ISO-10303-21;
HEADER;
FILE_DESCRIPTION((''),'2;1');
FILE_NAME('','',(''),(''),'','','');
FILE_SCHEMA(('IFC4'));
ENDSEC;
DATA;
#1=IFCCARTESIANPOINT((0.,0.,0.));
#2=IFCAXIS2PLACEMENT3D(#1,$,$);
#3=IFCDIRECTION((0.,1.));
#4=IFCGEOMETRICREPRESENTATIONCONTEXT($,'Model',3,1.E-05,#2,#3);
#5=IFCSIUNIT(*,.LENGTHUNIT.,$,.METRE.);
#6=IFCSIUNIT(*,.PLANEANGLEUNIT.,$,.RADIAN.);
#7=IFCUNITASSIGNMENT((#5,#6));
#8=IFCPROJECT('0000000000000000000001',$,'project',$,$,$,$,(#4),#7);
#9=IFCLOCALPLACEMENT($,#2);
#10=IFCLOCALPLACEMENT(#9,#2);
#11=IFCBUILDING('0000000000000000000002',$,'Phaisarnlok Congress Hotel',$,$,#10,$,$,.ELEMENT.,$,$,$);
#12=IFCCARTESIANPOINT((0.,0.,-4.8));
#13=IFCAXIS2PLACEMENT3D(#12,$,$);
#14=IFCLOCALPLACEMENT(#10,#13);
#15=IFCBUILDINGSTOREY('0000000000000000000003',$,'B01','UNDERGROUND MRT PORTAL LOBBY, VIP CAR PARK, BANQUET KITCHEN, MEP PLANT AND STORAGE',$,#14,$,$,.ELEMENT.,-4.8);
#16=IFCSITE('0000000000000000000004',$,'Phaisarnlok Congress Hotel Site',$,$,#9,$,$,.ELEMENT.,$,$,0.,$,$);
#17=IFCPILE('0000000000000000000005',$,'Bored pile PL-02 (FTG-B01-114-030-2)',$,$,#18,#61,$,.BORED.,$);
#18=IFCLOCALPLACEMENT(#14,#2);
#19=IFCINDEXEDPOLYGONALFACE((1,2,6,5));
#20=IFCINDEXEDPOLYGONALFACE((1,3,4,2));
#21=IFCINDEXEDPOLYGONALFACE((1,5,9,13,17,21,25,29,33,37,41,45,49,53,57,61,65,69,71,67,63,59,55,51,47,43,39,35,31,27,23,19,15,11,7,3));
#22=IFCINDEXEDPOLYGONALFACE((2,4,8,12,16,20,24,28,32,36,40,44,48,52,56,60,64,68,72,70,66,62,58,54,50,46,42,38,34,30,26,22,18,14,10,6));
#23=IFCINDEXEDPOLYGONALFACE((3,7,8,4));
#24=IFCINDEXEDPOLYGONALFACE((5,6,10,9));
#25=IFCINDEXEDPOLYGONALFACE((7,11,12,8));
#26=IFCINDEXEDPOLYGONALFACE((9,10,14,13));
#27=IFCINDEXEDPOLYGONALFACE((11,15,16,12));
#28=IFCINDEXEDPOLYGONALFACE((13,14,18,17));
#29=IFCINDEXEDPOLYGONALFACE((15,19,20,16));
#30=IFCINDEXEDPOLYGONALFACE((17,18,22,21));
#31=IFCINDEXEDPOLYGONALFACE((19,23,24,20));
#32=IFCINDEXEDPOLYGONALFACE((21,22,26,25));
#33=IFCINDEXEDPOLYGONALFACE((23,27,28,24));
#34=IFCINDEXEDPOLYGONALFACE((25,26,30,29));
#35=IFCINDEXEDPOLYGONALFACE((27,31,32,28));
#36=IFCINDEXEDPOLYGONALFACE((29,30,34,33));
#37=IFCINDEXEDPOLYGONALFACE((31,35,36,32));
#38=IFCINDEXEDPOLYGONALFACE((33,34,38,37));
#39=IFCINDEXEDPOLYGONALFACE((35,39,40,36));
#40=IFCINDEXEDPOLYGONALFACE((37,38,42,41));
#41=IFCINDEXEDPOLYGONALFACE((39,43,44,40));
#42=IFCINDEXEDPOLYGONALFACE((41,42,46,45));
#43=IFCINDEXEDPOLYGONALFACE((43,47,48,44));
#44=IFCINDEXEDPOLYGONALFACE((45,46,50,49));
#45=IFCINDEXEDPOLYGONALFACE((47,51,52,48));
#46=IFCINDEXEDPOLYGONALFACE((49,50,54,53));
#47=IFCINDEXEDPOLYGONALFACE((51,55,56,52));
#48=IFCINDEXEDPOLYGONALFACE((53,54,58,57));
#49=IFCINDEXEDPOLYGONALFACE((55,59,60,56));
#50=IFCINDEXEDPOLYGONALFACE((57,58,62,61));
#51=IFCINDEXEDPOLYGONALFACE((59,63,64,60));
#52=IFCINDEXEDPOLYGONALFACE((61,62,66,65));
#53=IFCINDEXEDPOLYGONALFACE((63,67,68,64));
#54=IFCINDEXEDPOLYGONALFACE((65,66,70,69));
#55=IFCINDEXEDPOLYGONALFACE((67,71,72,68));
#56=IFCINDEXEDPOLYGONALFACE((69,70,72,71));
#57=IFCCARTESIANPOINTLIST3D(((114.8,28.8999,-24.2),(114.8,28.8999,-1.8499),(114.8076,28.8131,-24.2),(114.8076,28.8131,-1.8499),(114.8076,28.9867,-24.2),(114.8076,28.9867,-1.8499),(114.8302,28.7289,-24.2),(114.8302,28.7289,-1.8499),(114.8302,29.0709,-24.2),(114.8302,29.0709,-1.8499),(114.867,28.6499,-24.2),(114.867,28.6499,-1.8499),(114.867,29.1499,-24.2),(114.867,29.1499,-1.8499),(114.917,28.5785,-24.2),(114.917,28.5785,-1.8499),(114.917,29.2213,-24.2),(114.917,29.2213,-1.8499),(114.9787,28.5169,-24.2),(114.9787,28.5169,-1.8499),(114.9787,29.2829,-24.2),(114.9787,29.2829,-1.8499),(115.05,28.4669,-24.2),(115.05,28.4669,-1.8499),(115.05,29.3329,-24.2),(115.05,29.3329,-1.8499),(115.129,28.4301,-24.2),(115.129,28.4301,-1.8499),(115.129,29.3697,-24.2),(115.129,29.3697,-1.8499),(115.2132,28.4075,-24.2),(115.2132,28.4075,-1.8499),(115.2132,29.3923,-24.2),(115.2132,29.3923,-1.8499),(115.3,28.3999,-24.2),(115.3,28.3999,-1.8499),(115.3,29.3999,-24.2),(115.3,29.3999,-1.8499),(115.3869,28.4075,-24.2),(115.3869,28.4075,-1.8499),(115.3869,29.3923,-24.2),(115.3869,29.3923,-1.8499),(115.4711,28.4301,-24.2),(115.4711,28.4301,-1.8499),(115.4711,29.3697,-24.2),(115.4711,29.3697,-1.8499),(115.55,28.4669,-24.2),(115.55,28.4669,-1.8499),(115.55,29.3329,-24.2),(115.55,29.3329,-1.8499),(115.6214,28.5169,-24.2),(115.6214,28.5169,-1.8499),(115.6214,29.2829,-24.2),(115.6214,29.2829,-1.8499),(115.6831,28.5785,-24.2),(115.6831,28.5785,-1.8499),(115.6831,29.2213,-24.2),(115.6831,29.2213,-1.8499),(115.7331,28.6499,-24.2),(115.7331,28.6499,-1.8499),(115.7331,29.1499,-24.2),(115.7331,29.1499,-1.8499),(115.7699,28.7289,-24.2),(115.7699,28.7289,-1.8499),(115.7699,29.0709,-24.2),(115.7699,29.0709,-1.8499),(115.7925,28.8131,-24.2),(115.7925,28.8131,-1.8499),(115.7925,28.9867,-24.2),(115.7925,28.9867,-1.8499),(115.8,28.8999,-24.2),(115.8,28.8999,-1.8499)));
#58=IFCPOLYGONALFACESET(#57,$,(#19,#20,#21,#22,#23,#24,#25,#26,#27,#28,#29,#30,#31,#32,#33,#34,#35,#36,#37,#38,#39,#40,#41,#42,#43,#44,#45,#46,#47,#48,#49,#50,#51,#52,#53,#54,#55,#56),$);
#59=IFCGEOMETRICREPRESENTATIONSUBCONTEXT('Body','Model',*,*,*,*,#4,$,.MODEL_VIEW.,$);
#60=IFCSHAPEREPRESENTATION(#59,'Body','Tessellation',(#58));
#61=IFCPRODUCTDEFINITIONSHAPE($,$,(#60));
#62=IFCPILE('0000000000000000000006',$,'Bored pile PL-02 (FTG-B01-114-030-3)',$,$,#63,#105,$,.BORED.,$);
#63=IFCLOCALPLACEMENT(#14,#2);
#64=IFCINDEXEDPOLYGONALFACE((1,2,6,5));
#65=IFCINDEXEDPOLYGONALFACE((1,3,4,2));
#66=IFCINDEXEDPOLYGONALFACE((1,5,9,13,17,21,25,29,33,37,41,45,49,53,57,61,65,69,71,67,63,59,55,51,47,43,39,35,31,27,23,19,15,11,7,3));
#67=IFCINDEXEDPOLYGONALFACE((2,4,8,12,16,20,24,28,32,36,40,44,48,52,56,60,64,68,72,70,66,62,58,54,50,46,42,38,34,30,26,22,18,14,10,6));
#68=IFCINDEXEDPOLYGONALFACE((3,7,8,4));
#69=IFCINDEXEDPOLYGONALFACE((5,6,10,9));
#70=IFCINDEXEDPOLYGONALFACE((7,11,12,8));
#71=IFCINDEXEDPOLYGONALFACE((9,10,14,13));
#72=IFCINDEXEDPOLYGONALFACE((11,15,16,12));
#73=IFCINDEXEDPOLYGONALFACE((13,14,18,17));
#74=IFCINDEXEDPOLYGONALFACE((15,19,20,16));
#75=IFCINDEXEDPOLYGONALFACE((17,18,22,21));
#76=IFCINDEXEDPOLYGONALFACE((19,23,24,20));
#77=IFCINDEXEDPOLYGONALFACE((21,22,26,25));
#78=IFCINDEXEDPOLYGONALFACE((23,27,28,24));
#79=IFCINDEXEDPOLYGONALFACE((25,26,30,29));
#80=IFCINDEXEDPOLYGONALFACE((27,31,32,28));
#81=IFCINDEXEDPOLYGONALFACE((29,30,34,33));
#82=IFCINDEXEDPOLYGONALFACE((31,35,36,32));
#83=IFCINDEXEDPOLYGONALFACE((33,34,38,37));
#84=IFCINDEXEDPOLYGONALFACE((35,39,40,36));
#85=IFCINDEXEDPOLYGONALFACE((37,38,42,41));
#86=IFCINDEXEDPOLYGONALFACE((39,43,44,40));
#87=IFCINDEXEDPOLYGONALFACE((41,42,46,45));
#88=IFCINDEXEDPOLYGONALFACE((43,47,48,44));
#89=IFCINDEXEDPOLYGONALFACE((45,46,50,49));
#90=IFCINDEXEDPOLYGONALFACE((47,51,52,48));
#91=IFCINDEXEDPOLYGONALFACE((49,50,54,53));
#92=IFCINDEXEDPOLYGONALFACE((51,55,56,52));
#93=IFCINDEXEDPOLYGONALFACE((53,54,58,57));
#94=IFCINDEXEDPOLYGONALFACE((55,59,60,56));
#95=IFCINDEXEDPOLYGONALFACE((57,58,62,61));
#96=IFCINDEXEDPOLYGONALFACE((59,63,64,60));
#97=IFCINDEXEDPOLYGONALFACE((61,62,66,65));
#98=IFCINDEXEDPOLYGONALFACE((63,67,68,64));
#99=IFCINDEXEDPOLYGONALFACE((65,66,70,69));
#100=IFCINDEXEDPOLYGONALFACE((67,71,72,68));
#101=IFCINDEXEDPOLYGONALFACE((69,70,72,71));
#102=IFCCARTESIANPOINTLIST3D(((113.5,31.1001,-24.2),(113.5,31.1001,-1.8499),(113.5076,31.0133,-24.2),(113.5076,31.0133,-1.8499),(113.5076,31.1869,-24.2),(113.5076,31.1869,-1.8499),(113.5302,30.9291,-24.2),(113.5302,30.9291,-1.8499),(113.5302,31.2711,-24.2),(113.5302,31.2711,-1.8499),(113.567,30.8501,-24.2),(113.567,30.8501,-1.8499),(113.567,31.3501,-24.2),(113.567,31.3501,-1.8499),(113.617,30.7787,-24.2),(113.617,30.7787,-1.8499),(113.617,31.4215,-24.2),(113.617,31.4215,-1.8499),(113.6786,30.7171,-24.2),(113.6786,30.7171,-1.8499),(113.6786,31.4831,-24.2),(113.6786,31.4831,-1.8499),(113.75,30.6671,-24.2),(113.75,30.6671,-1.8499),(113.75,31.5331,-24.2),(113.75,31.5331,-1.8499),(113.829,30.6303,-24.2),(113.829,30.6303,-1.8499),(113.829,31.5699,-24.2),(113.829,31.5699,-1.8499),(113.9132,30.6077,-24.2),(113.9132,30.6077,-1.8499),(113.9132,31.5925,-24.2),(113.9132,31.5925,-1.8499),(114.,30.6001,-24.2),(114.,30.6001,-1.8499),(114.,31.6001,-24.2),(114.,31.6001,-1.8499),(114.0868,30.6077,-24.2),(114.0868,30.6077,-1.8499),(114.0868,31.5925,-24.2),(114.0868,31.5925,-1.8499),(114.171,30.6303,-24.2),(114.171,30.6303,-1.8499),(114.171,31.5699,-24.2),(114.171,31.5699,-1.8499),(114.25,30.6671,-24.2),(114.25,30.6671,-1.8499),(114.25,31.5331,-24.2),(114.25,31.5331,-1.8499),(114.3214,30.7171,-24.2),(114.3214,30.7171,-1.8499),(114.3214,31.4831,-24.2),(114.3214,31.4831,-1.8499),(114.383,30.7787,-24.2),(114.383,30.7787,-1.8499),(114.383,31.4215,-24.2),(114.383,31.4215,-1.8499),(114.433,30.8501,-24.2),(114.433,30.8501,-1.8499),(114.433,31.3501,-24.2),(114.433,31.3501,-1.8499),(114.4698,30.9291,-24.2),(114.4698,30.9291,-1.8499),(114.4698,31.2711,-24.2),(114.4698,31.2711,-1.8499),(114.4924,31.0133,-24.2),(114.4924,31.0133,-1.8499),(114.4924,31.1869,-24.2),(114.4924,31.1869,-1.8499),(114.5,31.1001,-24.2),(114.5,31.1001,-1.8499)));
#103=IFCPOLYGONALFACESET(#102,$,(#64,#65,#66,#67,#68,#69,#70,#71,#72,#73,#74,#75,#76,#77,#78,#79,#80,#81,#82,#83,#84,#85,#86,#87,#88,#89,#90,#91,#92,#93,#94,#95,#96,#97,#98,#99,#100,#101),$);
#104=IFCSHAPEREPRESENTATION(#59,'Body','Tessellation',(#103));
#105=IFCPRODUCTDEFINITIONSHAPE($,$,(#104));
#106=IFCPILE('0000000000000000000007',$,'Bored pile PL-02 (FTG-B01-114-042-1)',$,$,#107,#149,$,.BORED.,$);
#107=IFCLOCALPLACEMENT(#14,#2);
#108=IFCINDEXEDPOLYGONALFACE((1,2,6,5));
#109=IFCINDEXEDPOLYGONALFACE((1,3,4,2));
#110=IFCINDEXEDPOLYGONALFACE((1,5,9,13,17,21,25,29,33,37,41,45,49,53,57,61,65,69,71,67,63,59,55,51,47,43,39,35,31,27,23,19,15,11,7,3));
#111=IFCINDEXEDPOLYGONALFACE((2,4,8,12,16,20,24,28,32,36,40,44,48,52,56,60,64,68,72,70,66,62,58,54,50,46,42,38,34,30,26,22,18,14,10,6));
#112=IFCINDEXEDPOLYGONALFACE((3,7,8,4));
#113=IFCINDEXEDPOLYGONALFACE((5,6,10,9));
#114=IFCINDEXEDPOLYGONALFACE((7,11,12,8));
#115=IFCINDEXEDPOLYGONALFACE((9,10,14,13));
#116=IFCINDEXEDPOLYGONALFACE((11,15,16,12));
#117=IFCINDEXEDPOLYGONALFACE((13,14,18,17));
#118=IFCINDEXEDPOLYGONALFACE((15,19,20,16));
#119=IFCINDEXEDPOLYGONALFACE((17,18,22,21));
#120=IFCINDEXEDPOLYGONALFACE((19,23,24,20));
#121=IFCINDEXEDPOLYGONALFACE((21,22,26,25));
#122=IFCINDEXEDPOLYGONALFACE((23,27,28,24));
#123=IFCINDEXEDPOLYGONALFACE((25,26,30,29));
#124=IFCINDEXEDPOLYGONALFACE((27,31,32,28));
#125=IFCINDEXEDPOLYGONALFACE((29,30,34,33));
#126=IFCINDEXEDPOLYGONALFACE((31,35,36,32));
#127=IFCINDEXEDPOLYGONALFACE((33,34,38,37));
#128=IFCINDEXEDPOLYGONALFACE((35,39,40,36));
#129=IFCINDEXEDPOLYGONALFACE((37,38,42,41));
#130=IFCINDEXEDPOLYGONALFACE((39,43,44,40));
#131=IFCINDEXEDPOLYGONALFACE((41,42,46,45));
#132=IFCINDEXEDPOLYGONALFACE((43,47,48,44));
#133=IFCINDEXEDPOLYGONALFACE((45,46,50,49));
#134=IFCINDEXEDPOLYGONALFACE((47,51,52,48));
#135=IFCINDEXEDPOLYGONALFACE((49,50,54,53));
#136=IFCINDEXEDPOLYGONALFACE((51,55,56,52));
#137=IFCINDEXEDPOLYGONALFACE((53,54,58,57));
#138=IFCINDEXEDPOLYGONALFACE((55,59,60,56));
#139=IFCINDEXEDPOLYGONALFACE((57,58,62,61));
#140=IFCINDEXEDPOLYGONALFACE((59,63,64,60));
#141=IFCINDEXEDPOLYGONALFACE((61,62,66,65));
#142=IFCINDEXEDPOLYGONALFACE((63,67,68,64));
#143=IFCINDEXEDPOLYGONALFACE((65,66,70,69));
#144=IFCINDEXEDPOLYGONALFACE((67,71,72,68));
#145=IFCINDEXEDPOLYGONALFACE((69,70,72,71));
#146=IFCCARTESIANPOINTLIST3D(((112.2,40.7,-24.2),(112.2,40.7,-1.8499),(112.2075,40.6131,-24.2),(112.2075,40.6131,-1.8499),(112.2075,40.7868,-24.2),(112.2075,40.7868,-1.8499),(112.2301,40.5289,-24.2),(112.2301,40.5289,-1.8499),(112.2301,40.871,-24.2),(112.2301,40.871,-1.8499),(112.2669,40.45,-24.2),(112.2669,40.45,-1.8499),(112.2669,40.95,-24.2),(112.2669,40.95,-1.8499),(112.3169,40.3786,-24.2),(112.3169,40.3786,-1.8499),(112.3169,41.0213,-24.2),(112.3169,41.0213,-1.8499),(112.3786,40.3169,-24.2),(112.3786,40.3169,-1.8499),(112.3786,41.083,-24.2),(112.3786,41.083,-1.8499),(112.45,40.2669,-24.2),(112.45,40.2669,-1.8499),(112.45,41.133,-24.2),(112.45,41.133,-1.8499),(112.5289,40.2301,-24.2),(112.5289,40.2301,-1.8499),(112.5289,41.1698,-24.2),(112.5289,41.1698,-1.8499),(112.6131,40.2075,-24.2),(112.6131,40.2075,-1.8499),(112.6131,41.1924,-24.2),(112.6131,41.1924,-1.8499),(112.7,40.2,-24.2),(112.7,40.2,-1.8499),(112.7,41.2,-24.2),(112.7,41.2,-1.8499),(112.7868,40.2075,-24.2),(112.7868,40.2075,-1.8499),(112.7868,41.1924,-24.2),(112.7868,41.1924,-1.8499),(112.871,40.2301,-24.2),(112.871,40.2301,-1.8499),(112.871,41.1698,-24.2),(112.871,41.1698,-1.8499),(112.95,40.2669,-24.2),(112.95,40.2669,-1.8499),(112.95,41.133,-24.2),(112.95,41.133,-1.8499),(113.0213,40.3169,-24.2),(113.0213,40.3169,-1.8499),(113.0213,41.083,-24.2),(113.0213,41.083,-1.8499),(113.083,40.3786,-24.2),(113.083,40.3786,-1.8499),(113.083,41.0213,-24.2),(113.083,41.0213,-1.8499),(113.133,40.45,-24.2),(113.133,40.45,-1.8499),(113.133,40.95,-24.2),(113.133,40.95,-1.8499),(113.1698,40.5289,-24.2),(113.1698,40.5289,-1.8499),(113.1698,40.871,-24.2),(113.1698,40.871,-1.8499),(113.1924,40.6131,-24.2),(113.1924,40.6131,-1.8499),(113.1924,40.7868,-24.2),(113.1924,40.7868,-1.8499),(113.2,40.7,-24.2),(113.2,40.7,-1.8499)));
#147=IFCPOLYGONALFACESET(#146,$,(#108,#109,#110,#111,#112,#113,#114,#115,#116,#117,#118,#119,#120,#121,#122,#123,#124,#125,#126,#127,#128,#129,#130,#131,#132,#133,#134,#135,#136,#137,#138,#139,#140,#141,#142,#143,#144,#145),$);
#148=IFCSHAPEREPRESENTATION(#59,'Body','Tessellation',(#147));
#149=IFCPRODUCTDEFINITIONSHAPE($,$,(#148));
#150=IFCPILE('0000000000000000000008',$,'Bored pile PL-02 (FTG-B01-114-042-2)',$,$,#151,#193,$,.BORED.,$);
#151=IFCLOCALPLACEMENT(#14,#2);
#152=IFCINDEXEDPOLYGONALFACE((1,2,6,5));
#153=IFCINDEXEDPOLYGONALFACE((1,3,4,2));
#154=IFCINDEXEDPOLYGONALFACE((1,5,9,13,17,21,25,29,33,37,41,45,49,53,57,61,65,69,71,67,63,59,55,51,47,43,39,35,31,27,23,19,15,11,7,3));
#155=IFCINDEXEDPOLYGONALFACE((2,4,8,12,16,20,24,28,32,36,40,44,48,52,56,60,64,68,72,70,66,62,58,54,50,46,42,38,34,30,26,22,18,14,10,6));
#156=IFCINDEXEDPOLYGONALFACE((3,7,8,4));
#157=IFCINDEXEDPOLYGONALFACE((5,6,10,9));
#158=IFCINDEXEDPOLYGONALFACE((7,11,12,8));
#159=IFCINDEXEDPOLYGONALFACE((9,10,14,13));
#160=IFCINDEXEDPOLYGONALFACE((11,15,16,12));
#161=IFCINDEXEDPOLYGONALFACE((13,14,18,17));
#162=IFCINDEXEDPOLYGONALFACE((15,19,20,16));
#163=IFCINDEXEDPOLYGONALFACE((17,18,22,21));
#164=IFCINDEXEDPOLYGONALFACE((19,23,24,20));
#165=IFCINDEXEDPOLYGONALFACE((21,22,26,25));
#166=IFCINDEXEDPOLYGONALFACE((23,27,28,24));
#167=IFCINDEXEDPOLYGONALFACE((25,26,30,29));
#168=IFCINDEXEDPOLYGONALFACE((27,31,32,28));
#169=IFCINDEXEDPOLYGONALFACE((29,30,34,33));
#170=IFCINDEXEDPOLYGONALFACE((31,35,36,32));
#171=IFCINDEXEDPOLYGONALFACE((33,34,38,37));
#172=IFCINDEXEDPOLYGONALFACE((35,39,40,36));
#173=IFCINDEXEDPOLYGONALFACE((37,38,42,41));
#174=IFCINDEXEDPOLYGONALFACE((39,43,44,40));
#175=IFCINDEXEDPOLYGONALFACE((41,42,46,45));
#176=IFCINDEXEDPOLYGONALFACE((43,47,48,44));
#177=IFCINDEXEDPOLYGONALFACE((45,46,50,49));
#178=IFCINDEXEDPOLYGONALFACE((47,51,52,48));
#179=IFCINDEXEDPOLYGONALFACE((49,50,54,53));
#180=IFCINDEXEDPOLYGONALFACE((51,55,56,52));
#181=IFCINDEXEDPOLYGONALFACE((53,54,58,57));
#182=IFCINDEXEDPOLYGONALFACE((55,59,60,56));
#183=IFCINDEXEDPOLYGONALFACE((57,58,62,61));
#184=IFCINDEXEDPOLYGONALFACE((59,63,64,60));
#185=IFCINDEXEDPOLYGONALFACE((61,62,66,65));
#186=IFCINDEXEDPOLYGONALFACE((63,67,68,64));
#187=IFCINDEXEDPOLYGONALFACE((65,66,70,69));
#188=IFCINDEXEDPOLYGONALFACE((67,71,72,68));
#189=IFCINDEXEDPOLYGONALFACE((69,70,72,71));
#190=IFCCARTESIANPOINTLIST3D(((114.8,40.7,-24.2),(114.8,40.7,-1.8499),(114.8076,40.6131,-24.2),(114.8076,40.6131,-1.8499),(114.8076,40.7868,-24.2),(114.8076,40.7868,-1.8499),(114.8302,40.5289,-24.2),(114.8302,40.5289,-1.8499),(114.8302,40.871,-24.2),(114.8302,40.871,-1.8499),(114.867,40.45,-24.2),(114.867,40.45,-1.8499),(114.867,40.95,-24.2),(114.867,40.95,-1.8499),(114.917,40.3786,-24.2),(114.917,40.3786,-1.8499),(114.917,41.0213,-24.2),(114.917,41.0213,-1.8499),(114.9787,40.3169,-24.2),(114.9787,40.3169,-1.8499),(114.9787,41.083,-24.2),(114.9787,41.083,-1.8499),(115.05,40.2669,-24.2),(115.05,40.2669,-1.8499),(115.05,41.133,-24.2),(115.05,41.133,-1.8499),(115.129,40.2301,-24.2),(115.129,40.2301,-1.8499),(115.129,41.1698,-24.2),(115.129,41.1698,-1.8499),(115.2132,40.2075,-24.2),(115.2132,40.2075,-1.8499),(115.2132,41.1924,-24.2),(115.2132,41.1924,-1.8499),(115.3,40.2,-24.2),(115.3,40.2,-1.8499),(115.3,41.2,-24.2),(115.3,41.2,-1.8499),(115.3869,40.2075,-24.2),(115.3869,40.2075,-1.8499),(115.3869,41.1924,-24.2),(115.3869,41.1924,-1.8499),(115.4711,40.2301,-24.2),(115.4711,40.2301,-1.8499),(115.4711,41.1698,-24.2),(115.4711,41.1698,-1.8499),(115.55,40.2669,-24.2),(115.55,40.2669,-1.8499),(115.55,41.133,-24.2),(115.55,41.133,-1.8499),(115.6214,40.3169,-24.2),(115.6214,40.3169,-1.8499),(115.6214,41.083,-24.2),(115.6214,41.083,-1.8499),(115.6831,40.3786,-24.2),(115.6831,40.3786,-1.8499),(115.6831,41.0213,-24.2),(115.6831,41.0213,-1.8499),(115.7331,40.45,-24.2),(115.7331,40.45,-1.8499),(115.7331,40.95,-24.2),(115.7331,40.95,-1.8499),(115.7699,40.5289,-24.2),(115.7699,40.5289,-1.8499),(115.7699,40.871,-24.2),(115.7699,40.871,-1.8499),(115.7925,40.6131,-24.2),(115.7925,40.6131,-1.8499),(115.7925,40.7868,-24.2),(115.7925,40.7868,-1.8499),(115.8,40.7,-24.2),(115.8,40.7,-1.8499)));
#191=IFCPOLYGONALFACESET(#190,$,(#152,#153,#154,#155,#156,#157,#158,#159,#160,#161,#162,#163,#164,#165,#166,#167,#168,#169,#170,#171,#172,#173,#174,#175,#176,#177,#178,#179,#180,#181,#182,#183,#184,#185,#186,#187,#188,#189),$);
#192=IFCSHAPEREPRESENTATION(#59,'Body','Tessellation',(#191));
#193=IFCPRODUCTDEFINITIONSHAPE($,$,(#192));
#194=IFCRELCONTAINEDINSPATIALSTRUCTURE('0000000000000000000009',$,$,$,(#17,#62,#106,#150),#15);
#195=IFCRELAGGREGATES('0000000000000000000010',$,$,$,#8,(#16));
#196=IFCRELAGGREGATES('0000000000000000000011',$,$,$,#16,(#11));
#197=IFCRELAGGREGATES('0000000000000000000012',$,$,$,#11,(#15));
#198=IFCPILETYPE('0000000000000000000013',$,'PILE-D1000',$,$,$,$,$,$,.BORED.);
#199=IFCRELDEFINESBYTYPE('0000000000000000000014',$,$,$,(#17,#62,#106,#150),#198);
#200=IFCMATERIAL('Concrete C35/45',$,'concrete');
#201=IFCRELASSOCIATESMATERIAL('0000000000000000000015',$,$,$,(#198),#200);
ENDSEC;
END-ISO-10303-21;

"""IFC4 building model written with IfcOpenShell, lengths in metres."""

from ifc_helpers import new_model, si_unit, direction, frame, origin, origin_2d, place, context, subcontext, project, spatial, circle, extrude, material, material_profile, profile_set, type_object, element, save


model = new_model("IFC4")

# Units and contexts
model_context = context("Model", 3, precision=1e-05, world=origin(), true_north=direction((0.0, 1.0)))
body_context = subcontext(model_context, "Body", "Model", "MODEL_VIEW")
ifc_project = project(units=[si_unit("LENGTHUNIT", "METRE"), si_unit("PLANEANGLEUNIT", "RADIAN")], contexts=[model_context])

# Site, building, storey
site_placement = place(None, origin())
site = spatial("IfcSite", under=ifc_project, at=site_placement, Name="Phaisarnlok Congress Hotel Site", CompositionType="ELEMENT", RefElevation=0.0)
building_placement = place(site_placement, origin())
building = spatial("IfcBuilding", under=site, at=building_placement, Name="Phaisarnlok Congress Hotel", CompositionType="ELEMENT")
storey_placement = place(building_placement, frame((0.0, 0.0, -4.8)))
storey = spatial("IfcBuildingStorey", under=building, at=storey_placement, Name="B01", Description="UNDERGROUND MRT PORTAL LOBBY, VIP CAR PARK, BANQUET KITCHEN, MEP PLANT AND STORAGE", CompositionType="ELEMENT", Elevation=-4.8)

# Piles
ifc_material_1 = material(Name="Concrete C35/45", Category="concrete")
ifc_material_profile_1 = material_profile(ifc_material_1, circle(Radius=0.5, at=origin_2d()), Name="BORED PILE D1000")
ifc_profile_set_1 = profile_set([ifc_material_profile_1], Name="Concrete C35/45")
pile_type_1 = type_object("IfcPileType", Name="PILE-D1000", PredefinedType="BORED", material=ifc_profile_set_1)
for number, where, z_axis, x_axis, name in (
    (1, (115.3, 28.8999, -1.8499), (0.0, 0.0, -1.0), (1.0, 0.0, 0.0), "Bored pile PL-02 (FTG-B01-114-030-2)"),
    (2, (114.0, 31.1001, -1.8499), (0.0, 0.0, -1.0), (1.0, 0.0, 0.0), "Bored pile PL-02 (FTG-B01-114-030-3)"),
    (3, (112.7, 40.7, -1.8499), (0.0, 0.0, -1.0), (1.0, 0.0, 0.0), "Bored pile PL-02 (FTG-B01-114-042-1)"),
    (4, (115.3, 40.7, -1.8499), (0.0, 0.0, -1.0), (1.0, 0.0, 0.0), "Bored pile PL-02 (FTG-B01-114-042-2)"),
):
    element("IfcPile", number, at=place(storey_placement, frame(where, z_axis=z_axis, x_axis=x_axis)), inside=storey, type_object=pile_type_1, Name=name, PredefinedType="BORED", context=body_context, shape_type="SweptSolid", body=[
        extrude(circle(Radius=0.5, at=origin_2d()), origin(), (0.0, 0.0, 1.0), 22.3501),
    ])

save(model, "model.ifc")
